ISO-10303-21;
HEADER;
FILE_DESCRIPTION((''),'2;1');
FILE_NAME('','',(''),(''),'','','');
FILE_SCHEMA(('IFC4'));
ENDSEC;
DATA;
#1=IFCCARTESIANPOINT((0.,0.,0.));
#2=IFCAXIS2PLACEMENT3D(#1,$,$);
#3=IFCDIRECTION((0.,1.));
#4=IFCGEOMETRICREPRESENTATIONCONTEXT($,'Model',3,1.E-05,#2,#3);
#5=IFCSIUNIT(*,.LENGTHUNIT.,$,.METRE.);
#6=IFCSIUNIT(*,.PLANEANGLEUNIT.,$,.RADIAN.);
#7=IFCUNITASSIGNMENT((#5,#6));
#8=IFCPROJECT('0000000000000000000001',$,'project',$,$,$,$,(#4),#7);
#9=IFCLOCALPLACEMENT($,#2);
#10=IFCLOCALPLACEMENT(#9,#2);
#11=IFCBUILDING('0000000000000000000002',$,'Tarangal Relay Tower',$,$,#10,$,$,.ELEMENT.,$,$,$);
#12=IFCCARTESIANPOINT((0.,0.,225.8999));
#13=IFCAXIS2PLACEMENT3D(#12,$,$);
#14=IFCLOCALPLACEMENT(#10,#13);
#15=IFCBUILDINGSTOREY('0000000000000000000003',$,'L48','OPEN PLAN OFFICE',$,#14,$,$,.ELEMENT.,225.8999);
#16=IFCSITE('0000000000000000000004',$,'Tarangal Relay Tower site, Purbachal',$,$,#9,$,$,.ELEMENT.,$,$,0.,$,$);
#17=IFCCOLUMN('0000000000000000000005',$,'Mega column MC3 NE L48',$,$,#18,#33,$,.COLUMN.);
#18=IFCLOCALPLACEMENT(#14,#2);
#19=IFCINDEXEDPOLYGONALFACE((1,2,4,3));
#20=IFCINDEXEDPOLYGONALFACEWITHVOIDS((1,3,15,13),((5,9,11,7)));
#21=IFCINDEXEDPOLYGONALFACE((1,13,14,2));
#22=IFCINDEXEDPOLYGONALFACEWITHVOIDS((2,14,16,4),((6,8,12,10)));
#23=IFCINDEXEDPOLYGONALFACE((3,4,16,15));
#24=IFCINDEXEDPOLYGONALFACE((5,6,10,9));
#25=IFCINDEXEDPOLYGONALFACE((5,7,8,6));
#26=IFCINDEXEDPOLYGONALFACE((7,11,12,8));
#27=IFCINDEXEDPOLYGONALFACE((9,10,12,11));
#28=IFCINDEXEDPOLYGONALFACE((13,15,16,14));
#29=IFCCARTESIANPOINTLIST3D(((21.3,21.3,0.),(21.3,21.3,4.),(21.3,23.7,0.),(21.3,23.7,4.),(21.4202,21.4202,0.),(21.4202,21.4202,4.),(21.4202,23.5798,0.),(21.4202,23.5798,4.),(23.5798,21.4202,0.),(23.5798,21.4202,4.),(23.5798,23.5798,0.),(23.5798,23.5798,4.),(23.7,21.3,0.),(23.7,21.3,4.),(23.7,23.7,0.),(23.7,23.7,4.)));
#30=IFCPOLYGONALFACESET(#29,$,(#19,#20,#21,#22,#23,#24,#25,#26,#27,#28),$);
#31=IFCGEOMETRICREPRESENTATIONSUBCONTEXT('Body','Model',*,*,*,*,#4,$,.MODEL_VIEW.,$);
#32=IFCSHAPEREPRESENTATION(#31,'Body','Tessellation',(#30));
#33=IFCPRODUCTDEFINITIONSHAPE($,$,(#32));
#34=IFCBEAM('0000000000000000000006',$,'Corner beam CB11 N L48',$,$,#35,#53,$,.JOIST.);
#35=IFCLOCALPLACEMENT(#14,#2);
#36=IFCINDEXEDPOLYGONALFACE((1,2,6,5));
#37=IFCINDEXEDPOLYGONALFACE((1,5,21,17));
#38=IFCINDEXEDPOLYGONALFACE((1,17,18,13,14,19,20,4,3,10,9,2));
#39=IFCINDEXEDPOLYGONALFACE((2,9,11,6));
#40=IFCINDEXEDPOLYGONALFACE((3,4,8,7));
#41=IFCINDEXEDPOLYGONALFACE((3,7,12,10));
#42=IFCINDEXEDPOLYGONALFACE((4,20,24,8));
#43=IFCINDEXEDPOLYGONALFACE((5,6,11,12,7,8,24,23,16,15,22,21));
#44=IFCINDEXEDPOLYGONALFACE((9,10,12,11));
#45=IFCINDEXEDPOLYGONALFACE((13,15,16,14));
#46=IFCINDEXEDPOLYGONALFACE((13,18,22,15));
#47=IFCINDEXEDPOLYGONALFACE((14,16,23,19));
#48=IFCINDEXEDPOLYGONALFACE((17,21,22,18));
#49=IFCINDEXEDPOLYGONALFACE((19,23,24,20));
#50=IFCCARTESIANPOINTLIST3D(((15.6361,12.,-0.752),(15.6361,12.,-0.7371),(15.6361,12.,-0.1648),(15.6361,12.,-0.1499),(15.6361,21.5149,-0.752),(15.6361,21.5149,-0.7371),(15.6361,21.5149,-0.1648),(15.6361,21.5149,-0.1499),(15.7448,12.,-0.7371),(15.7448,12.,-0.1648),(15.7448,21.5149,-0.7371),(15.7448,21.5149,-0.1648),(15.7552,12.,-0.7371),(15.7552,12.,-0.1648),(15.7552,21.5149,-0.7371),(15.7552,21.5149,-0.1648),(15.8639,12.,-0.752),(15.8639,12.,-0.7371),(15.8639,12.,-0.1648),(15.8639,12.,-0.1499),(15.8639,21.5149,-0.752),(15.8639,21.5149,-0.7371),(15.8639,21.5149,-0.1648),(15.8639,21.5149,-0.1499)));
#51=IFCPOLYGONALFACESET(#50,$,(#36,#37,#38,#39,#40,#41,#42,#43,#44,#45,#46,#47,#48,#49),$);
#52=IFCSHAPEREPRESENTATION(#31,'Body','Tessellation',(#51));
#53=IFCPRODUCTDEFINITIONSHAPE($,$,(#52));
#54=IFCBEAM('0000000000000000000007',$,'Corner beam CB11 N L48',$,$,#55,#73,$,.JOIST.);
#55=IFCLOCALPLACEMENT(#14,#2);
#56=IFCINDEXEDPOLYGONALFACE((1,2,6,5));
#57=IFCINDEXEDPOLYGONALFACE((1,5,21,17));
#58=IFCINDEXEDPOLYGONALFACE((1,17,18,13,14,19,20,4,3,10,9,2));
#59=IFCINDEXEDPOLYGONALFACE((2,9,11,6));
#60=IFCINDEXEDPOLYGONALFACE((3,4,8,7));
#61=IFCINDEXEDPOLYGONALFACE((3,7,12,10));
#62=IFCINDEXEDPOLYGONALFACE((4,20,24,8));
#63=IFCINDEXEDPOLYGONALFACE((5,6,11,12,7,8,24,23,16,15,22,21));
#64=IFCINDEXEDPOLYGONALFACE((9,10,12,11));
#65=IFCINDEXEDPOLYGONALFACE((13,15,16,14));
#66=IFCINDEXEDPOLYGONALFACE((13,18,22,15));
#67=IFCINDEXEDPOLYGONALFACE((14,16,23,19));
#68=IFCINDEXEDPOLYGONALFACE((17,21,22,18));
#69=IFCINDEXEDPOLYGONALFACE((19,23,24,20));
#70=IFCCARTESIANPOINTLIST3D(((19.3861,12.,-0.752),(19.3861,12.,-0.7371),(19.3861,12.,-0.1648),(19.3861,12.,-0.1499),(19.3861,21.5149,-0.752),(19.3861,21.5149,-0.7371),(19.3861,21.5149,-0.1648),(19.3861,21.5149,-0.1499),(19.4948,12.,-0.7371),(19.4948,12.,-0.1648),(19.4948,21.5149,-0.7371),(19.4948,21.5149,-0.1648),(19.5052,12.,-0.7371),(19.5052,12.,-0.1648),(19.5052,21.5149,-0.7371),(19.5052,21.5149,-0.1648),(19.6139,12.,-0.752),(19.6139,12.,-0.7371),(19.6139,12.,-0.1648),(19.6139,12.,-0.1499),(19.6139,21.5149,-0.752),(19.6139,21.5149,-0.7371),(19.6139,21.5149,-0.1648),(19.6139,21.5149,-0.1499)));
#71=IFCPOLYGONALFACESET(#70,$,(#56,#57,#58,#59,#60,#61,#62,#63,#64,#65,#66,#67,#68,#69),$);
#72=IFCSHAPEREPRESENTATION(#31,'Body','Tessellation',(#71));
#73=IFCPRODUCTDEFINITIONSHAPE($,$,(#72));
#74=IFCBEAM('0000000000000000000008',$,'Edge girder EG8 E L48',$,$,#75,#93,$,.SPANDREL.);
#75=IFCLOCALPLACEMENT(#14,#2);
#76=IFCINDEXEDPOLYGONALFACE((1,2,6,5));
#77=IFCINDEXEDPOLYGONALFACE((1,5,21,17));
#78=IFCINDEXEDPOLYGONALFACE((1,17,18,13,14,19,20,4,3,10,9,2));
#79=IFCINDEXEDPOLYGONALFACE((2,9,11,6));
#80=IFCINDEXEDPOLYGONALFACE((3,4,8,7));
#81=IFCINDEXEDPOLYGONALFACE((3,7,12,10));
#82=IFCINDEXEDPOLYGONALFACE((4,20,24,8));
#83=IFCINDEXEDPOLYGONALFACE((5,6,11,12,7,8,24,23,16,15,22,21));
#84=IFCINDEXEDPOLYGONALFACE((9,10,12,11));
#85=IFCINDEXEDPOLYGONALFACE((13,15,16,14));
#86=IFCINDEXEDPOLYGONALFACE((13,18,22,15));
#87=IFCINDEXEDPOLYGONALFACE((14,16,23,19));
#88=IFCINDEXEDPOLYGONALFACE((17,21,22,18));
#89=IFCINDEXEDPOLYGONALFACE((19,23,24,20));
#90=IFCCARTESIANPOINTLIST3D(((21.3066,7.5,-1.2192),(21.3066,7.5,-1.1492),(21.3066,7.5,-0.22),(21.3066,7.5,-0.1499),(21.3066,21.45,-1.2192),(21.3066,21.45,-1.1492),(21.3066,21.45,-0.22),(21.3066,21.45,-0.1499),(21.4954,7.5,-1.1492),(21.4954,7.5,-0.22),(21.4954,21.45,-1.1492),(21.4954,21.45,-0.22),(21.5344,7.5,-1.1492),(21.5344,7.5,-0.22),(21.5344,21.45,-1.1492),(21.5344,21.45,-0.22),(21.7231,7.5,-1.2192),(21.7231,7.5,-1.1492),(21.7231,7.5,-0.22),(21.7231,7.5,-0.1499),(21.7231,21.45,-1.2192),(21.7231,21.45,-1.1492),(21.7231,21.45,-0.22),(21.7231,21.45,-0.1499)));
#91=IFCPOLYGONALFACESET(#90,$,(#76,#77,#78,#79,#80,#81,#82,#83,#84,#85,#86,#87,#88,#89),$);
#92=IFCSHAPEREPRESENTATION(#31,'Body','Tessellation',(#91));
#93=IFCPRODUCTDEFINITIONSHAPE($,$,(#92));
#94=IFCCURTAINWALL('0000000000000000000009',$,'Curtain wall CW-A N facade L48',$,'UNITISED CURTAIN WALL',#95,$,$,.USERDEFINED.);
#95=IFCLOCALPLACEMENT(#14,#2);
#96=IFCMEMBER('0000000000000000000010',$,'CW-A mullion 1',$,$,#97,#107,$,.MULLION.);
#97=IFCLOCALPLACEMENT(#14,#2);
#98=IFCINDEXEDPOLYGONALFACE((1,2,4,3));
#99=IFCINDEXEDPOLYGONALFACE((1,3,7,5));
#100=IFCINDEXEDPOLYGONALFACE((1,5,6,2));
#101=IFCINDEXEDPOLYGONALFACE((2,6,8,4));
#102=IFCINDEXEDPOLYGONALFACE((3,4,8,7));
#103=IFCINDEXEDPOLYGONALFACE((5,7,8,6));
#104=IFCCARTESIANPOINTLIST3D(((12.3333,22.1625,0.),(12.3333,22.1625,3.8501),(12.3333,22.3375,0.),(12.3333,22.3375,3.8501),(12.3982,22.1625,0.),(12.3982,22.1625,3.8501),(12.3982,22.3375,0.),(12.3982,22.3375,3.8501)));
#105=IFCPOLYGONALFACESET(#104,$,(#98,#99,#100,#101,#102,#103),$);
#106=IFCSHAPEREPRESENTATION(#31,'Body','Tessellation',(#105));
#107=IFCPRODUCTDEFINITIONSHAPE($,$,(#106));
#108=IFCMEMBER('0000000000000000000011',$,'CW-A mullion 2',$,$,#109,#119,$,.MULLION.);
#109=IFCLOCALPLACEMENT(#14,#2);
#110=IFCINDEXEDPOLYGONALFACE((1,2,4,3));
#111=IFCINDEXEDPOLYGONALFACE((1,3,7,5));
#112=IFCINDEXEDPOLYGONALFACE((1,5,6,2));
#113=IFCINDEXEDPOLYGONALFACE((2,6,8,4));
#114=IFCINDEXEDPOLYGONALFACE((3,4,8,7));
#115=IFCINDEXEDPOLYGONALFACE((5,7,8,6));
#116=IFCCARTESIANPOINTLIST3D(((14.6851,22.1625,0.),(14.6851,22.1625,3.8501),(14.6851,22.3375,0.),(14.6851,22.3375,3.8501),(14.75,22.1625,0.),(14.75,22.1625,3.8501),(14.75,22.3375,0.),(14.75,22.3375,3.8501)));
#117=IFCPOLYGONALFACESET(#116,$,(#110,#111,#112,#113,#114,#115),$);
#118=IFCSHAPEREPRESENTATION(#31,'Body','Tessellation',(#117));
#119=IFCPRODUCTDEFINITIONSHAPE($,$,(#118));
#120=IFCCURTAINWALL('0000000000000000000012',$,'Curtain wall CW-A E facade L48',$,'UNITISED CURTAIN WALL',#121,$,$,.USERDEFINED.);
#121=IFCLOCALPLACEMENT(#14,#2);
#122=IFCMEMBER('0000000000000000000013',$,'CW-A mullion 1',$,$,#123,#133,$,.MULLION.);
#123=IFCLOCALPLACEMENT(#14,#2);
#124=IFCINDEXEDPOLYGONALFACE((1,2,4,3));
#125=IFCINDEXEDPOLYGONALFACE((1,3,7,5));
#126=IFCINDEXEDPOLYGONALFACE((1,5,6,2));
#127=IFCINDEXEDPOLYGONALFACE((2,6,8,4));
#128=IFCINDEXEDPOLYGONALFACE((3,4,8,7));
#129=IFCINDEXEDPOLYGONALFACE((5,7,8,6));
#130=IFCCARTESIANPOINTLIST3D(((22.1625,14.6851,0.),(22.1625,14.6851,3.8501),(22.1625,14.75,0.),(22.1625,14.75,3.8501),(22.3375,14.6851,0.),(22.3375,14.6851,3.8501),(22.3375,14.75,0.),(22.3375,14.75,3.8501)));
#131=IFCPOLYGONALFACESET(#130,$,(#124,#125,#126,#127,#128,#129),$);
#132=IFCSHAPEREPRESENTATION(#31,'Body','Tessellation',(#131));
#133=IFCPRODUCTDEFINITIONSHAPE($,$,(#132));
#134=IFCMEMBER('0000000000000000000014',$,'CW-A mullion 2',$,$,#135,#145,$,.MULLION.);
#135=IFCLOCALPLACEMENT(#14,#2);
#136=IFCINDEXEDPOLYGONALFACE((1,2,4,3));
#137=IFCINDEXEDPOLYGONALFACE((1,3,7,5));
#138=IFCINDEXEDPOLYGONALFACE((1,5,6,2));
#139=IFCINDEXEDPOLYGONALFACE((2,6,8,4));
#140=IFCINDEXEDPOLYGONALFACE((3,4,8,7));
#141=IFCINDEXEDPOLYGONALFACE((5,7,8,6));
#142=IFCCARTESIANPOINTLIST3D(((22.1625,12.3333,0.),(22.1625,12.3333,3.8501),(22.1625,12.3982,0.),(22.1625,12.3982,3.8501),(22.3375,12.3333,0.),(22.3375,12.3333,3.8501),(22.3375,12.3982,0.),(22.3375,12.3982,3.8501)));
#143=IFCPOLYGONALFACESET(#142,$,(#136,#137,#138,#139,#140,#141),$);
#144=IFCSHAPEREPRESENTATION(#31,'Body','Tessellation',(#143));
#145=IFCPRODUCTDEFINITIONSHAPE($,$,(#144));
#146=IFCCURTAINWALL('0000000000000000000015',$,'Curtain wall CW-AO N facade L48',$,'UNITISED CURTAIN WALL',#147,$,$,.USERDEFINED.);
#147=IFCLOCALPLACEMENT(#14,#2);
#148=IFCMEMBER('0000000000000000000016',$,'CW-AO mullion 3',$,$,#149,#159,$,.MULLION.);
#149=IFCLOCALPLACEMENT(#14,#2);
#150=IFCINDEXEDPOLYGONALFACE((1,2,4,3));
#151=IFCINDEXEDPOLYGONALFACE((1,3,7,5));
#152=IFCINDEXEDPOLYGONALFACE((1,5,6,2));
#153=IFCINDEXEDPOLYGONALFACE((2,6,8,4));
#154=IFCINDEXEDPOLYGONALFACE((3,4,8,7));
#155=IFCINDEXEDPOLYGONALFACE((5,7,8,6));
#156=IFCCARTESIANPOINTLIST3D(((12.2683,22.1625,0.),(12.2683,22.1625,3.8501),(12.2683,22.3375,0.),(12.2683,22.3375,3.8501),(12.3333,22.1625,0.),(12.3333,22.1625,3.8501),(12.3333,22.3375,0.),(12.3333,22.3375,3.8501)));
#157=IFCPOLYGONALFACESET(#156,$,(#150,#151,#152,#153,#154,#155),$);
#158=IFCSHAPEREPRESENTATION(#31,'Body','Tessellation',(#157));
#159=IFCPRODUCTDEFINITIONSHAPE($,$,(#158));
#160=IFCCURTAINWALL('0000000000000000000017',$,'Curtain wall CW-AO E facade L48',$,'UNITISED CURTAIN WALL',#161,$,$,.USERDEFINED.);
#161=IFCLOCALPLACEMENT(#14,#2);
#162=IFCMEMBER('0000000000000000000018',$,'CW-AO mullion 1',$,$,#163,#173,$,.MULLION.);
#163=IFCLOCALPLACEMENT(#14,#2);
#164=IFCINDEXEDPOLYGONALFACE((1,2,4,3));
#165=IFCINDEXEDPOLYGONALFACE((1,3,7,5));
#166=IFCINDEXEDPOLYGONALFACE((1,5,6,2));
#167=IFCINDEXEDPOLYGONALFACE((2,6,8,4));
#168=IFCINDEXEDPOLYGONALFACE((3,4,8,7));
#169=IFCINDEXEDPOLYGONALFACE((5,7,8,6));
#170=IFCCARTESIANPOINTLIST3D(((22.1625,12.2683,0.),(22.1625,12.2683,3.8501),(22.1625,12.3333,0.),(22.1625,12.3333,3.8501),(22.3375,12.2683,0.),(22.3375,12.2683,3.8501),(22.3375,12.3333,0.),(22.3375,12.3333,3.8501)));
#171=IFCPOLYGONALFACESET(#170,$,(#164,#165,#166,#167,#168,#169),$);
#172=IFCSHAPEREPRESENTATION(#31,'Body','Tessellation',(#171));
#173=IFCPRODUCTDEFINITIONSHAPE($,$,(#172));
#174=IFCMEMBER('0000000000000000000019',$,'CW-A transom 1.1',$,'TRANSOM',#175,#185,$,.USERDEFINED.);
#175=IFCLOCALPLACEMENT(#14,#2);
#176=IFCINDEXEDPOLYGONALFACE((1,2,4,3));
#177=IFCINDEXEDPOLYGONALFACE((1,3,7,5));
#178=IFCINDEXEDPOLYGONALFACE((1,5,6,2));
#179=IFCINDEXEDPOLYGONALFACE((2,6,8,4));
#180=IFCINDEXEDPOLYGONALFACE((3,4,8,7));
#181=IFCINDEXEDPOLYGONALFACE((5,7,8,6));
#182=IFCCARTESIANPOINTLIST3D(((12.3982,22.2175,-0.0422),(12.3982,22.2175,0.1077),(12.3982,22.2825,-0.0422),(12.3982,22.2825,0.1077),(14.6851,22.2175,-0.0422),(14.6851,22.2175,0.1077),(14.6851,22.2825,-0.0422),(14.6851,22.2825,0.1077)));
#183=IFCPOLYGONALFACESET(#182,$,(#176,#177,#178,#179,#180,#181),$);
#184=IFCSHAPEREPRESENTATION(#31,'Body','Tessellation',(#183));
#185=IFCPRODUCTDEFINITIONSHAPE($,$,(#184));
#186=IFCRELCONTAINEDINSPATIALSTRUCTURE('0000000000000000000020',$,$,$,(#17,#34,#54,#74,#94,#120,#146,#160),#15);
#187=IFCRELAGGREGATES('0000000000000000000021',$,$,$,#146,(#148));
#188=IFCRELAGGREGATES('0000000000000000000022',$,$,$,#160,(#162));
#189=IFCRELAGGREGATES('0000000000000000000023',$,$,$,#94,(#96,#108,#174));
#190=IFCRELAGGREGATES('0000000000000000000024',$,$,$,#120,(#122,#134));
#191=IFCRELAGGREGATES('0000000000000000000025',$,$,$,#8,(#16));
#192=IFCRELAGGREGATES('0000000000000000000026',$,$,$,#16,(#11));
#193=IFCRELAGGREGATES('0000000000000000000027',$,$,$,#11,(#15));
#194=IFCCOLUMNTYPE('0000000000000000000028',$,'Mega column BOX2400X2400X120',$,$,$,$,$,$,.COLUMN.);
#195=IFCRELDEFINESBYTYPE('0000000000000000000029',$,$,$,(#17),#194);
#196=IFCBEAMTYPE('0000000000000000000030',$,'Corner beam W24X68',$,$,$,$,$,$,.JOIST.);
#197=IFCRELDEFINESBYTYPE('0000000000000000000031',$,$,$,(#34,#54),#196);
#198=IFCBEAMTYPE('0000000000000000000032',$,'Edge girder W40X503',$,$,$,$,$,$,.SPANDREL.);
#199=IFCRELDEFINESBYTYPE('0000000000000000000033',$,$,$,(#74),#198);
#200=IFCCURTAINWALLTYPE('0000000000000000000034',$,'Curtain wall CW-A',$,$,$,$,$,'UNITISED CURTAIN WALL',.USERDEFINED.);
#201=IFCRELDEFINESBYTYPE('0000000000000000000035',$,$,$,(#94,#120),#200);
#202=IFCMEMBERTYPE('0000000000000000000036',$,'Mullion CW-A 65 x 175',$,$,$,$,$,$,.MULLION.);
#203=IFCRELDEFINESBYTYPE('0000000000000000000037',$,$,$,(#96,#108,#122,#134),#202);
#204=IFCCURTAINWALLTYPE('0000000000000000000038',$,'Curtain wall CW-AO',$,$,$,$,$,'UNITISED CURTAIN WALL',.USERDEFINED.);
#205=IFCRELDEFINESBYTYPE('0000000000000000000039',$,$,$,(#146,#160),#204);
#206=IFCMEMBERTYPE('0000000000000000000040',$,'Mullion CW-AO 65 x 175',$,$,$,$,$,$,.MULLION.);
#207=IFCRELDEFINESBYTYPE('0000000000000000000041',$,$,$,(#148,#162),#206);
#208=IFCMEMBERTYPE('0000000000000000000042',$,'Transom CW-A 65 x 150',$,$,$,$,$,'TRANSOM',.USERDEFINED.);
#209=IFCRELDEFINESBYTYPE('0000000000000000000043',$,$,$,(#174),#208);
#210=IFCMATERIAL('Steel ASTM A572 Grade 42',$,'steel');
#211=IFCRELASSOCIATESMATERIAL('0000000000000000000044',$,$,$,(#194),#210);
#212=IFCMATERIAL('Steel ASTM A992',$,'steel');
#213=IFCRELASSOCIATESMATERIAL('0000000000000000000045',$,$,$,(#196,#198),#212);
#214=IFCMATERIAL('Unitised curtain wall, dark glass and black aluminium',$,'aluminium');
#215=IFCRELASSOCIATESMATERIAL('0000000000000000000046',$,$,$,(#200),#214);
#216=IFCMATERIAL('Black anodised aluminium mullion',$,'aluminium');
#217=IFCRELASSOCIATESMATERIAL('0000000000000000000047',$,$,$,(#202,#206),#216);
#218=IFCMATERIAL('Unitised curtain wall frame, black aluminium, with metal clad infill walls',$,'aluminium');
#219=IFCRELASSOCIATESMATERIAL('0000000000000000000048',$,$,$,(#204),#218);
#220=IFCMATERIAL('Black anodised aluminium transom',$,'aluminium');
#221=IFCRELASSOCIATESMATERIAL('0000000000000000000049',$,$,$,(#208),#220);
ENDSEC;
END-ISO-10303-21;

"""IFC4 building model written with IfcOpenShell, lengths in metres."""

from ifc_helpers import new_model, si_unit, direction, frame, origin, origin_2d, place, context, subcontext, project, spatial, rectangle, hollow_rectangle, i_section, extrude, material, material_profile, profile_set, type_object, element, aggregate, save


model = new_model("IFC4")

# Units and contexts
model_context = context("Model", 3, precision=1e-05, world=origin(), true_north=direction((0.0, 1.0)))
body_context = subcontext(model_context, "Body", "Model", "MODEL_VIEW")
ifc_project = project(units=[si_unit("LENGTHUNIT", "METRE"), si_unit("PLANEANGLEUNIT", "RADIAN")], contexts=[model_context])

# Site, building, storey
site_placement = place(None, origin())
site = spatial("IfcSite", under=ifc_project, at=site_placement, Name="Tarangal Relay Tower site, Purbachal", CompositionType="ELEMENT", RefElevation=0.0)
building_placement = place(site_placement, origin())
building = spatial("IfcBuilding", under=site, at=building_placement, Name="Tarangal Relay Tower", CompositionType="ELEMENT")
storey_placement = place(building_placement, frame((0.0, 0.0, 225.8999)))
storey = spatial("IfcBuildingStorey", under=building, at=storey_placement, Name="L48", Description="OPEN PLAN OFFICE", CompositionType="ELEMENT", Elevation=225.8999)

# Column
ifc_material_1 = material(Name="Steel ASTM A572 Grade 42", Category="steel")
ifc_material_profile_1 = material_profile(ifc_material_1, hollow_rectangle(XDim=2.3999, YDim=2.3999, WallThickness=0.1201, at=origin_2d()), Name="BOX2400X2400X120")
ifc_profile_set_1 = profile_set([ifc_material_profile_1], Name="Steel ASTM A572 Grade 42")
column_type = type_object("IfcColumnType", Name="Mega column BOX2400X2400X120", PredefinedType="COLUMN", material=ifc_profile_set_1)
column_placement = place(storey_placement, frame((22.5, 22.5, 0.0), z_axis=(0.0, 0.0, 1.0), x_axis=(1.0, 0.0, 0.0)))
element("IfcColumn", 1, at=column_placement, inside=storey, type_object=column_type, Name="Mega column MC3 NE L48", PredefinedType="COLUMN", context=body_context, shape_type="SweptSolid", body=[
    extrude(hollow_rectangle(XDim=2.3999, YDim=2.3999, WallThickness=0.1201, at=origin_2d()), origin(), (0.0, 0.0, 1.0), 4.0),
])

# Beams
ifc_material_2 = material(Name="Steel ASTM A992", Category="steel")
ifc_material_profile_2 = material_profile(ifc_material_2, i_section(OverallWidth=0.2278, OverallDepth=0.6021, WebThickness=0.0105, FlangeThickness=0.0149, at=origin_2d()), Name="W24X68")
ifc_profile_set_2 = profile_set([ifc_material_profile_2], Name="Steel ASTM A992")
beam_type_1 = type_object("IfcBeamType", Name="Corner beam W24X68", PredefinedType="JOIST", material=ifc_profile_set_2)
for number, where, z_axis, x_axis, name in (
    (2, (15.75, 12.0, -0.4509), (0.0, 1.0, 0.0), (-1.0, 0.0, 0.0), "Corner beam CB11 N L48"),
    (3, (19.5, 12.0, -0.4509), (0.0, 1.0, 0.0), (-1.0, 0.0, 0.0), "Corner beam CB11 N L48"),
):
    element("IfcBeam", number, at=place(storey_placement, frame(where, z_axis=z_axis, x_axis=x_axis)), inside=storey, type_object=beam_type_1, Name=name, PredefinedType="JOIST", context=body_context, shape_type="SweptSolid", body=[
        extrude(i_section(OverallWidth=0.2278, OverallDepth=0.6021, WebThickness=0.0105, FlangeThickness=0.0149, at=origin_2d()), origin(), (0.0, 0.0, 1.0), 9.5149),
    ])
ifc_material_profile_3 = material_profile(ifc_material_2, i_section(OverallWidth=0.4165, OverallDepth=1.0693, WebThickness=0.0391, FlangeThickness=0.0701, at=origin_2d()), Name="W40X503")
ifc_profile_set_3 = profile_set([ifc_material_profile_3], Name="Steel ASTM A992")
beam_type_2 = type_object("IfcBeamType", Name="Edge girder W40X503", PredefinedType="SPANDREL", material=ifc_profile_set_3)
beam_placement = place(storey_placement, frame((21.5149, 21.45, -0.6846), z_axis=(0.0, -1.0, 0.0), x_axis=(1.0, 0.0, 0.0)))
element("IfcBeam", 4, at=beam_placement, inside=storey, type_object=beam_type_2, Name="Edge girder EG8 E L48", PredefinedType="SPANDREL", context=body_context, shape_type="SweptSolid", body=[
    extrude(i_section(OverallWidth=0.4165, OverallDepth=1.0693, WebThickness=0.0391, FlangeThickness=0.0701, at=origin_2d()), origin(), (0.0, 0.0, 1.0), 13.95),
])

# Curtain walls, members
ifc_material_3 = material(Name="Unitised curtain wall, dark glass and black aluminium", Category="aluminium")
curtain_wall_type_1 = type_object("IfcCurtainWallType", Name="Curtain wall CW-A", ElementType="UNITISED CURTAIN WALL", PredefinedType="USERDEFINED", material=ifc_material_3)
curtain_wall_1_placement = place(storey_placement, origin())
curtain_wall_1 = element("IfcCurtainWall", 5, at=curtain_wall_1_placement, inside=storey, type_object=curtain_wall_type_1, Name="Curtain wall CW-A N facade L48", ObjectType="UNITISED CURTAIN WALL", PredefinedType="USERDEFINED")
ifc_material_4 = material(Name="Black anodised aluminium mullion", Category="aluminium")
ifc_material_profile_4 = material_profile(ifc_material_4, rectangle(XDim=0.175, YDim=0.0649, at=origin_2d()), Name="CW-AM 65X175")
ifc_profile_set_4 = profile_set([ifc_material_profile_4], Name="Black anodised aluminium mullion")
member_type_1 = type_object("IfcMemberType", Name="Mullion CW-A 65 x 175", PredefinedType="MULLION", material=ifc_profile_set_4)
member_1_placement = place(storey_placement, frame((12.3657, 22.25, 0.0), z_axis=(0.0, 0.0, 1.0), x_axis=(0.0, 1.0, 0.0)))
member_1 = element("IfcMember", 6, at=member_1_placement, type_object=member_type_1, Name="CW-A mullion 1", PredefinedType="MULLION", context=body_context, shape_type="SweptSolid", body=[
    extrude(rectangle(XDim=0.175, YDim=0.0649, at=origin_2d()), origin(), (0.0, 0.0, 1.0), 3.8501),
])
member_2_placement = place(storey_placement, frame((14.7175, 22.25, 0.0), z_axis=(0.0, 0.0, 1.0), x_axis=(0.0, 1.0, 0.0)))
member_2 = element("IfcMember", 7, at=member_2_placement, type_object=member_type_1, Name="CW-A mullion 2", PredefinedType="MULLION", context=body_context, shape_type="SweptSolid", body=[
    extrude(rectangle(XDim=0.175, YDim=0.0649, at=origin_2d()), origin(), (0.0, 0.0, 1.0), 3.8501),
])
curtain_wall_2_placement = place(storey_placement, origin())
curtain_wall_2 = element("IfcCurtainWall", 8, at=curtain_wall_2_placement, inside=storey, type_object=curtain_wall_type_1, Name="Curtain wall CW-A E facade L48", ObjectType="UNITISED CURTAIN WALL", PredefinedType="USERDEFINED")
member_3_placement = place(storey_placement, frame((22.25, 14.7175, 0.0), z_axis=(0.0, 0.0, 1.0), x_axis=(1.0, 0.0, 0.0)))
member_3 = element("IfcMember", 9, at=member_3_placement, type_object=member_type_1, Name="CW-A mullion 1", PredefinedType="MULLION", context=body_context, shape_type="SweptSolid", body=[
    extrude(rectangle(XDim=0.175, YDim=0.0649, at=origin_2d()), origin(), (0.0, 0.0, 1.0), 3.8501),
])
member_4_placement = place(storey_placement, frame((22.25, 12.3657, 0.0), z_axis=(0.0, 0.0, 1.0), x_axis=(1.0, 0.0, 0.0)))
member_4 = element("IfcMember", 10, at=member_4_placement, type_object=member_type_1, Name="CW-A mullion 2", PredefinedType="MULLION", context=body_context, shape_type="SweptSolid", body=[
    extrude(rectangle(XDim=0.175, YDim=0.0649, at=origin_2d()), origin(), (0.0, 0.0, 1.0), 3.8501),
])

# Curtain walls, members
ifc_material_5 = material(Name="Unitised curtain wall frame, black aluminium, with metal clad infill walls", Category="aluminium")
curtain_wall_type_2 = type_object("IfcCurtainWallType", Name="Curtain wall CW-AO", ElementType="UNITISED CURTAIN WALL", PredefinedType="USERDEFINED", material=ifc_material_5)
curtain_wall_3_placement = place(storey_placement, origin())
curtain_wall_3 = element("IfcCurtainWall", 11, at=curtain_wall_3_placement, inside=storey, type_object=curtain_wall_type_2, Name="Curtain wall CW-AO N facade L48", ObjectType="UNITISED CURTAIN WALL", PredefinedType="USERDEFINED")
ifc_material_profile_5 = material_profile(ifc_material_4, rectangle(XDim=0.175, YDim=0.0649, at=origin_2d()), Name="CW-AOM 65X175")
ifc_profile_set_5 = profile_set([ifc_material_profile_5], Name="Black anodised aluminium mullion")
member_type_2 = type_object("IfcMemberType", Name="Mullion CW-AO 65 x 175", PredefinedType="MULLION", material=ifc_profile_set_5)
member_5_placement = place(storey_placement, frame((12.3008, 22.25, 0.0), z_axis=(0.0, 0.0, 1.0), x_axis=(0.0, 1.0, 0.0)))
member_5 = element("IfcMember", 12, at=member_5_placement, type_object=member_type_2, Name="CW-AO mullion 3", PredefinedType="MULLION", context=body_context, shape_type="SweptSolid", body=[
    extrude(rectangle(XDim=0.175, YDim=0.0649, at=origin_2d()), origin(), (0.0, 0.0, 1.0), 3.8501),
])
aggregate(curtain_wall_3, [member_5])
curtain_wall_4_placement = place(storey_placement, origin())
curtain_wall_4 = element("IfcCurtainWall", 13, at=curtain_wall_4_placement, inside=storey, type_object=curtain_wall_type_2, Name="Curtain wall CW-AO E facade L48", ObjectType="UNITISED CURTAIN WALL", PredefinedType="USERDEFINED")
member_6_placement = place(storey_placement, frame((22.25, 12.3008, 0.0), z_axis=(0.0, 0.0, 1.0), x_axis=(1.0, 0.0, 0.0)))
member_6 = element("IfcMember", 14, at=member_6_placement, type_object=member_type_2, Name="CW-AO mullion 1", PredefinedType="MULLION", context=body_context, shape_type="SweptSolid", body=[
    extrude(rectangle(XDim=0.175, YDim=0.0649, at=origin_2d()), origin(), (0.0, 0.0, 1.0), 3.8501),
])

# Member
ifc_material_6 = material(Name="Black anodised aluminium transom", Category="aluminium")
ifc_material_profile_6 = material_profile(ifc_material_6, rectangle(XDim=0.0649, YDim=0.1499, at=origin_2d()), Name="CW-AT 65X150")
ifc_profile_set_6 = profile_set([ifc_material_profile_6], Name="Black anodised aluminium transom")
member_type_3 = type_object("IfcMemberType", Name="Transom CW-A 65 x 150", ElementType="TRANSOM", PredefinedType="USERDEFINED", material=ifc_profile_set_6)
member_7_placement = place(storey_placement, frame((12.3982, 22.25, 0.0327), z_axis=(1.0, 0.0, 0.0), x_axis=(0.0, 1.0, 0.0)))
member_7 = element("IfcMember", 15, at=member_7_placement, type_object=member_type_3, Name="CW-A transom 1.1", ObjectType="TRANSOM", PredefinedType="USERDEFINED", context=body_context, shape_type="SweptSolid", body=[
    extrude(rectangle(XDim=0.0649, YDim=0.1499, at=origin_2d()), origin(), (0.0, 0.0, 1.0), 2.2869),
])
aggregate(curtain_wall_4, [member_6])

aggregate(curtain_wall_1, [member_1, member_2, member_7])
aggregate(curtain_wall_2, [member_3, member_4])

save(model, "model.ifc")
